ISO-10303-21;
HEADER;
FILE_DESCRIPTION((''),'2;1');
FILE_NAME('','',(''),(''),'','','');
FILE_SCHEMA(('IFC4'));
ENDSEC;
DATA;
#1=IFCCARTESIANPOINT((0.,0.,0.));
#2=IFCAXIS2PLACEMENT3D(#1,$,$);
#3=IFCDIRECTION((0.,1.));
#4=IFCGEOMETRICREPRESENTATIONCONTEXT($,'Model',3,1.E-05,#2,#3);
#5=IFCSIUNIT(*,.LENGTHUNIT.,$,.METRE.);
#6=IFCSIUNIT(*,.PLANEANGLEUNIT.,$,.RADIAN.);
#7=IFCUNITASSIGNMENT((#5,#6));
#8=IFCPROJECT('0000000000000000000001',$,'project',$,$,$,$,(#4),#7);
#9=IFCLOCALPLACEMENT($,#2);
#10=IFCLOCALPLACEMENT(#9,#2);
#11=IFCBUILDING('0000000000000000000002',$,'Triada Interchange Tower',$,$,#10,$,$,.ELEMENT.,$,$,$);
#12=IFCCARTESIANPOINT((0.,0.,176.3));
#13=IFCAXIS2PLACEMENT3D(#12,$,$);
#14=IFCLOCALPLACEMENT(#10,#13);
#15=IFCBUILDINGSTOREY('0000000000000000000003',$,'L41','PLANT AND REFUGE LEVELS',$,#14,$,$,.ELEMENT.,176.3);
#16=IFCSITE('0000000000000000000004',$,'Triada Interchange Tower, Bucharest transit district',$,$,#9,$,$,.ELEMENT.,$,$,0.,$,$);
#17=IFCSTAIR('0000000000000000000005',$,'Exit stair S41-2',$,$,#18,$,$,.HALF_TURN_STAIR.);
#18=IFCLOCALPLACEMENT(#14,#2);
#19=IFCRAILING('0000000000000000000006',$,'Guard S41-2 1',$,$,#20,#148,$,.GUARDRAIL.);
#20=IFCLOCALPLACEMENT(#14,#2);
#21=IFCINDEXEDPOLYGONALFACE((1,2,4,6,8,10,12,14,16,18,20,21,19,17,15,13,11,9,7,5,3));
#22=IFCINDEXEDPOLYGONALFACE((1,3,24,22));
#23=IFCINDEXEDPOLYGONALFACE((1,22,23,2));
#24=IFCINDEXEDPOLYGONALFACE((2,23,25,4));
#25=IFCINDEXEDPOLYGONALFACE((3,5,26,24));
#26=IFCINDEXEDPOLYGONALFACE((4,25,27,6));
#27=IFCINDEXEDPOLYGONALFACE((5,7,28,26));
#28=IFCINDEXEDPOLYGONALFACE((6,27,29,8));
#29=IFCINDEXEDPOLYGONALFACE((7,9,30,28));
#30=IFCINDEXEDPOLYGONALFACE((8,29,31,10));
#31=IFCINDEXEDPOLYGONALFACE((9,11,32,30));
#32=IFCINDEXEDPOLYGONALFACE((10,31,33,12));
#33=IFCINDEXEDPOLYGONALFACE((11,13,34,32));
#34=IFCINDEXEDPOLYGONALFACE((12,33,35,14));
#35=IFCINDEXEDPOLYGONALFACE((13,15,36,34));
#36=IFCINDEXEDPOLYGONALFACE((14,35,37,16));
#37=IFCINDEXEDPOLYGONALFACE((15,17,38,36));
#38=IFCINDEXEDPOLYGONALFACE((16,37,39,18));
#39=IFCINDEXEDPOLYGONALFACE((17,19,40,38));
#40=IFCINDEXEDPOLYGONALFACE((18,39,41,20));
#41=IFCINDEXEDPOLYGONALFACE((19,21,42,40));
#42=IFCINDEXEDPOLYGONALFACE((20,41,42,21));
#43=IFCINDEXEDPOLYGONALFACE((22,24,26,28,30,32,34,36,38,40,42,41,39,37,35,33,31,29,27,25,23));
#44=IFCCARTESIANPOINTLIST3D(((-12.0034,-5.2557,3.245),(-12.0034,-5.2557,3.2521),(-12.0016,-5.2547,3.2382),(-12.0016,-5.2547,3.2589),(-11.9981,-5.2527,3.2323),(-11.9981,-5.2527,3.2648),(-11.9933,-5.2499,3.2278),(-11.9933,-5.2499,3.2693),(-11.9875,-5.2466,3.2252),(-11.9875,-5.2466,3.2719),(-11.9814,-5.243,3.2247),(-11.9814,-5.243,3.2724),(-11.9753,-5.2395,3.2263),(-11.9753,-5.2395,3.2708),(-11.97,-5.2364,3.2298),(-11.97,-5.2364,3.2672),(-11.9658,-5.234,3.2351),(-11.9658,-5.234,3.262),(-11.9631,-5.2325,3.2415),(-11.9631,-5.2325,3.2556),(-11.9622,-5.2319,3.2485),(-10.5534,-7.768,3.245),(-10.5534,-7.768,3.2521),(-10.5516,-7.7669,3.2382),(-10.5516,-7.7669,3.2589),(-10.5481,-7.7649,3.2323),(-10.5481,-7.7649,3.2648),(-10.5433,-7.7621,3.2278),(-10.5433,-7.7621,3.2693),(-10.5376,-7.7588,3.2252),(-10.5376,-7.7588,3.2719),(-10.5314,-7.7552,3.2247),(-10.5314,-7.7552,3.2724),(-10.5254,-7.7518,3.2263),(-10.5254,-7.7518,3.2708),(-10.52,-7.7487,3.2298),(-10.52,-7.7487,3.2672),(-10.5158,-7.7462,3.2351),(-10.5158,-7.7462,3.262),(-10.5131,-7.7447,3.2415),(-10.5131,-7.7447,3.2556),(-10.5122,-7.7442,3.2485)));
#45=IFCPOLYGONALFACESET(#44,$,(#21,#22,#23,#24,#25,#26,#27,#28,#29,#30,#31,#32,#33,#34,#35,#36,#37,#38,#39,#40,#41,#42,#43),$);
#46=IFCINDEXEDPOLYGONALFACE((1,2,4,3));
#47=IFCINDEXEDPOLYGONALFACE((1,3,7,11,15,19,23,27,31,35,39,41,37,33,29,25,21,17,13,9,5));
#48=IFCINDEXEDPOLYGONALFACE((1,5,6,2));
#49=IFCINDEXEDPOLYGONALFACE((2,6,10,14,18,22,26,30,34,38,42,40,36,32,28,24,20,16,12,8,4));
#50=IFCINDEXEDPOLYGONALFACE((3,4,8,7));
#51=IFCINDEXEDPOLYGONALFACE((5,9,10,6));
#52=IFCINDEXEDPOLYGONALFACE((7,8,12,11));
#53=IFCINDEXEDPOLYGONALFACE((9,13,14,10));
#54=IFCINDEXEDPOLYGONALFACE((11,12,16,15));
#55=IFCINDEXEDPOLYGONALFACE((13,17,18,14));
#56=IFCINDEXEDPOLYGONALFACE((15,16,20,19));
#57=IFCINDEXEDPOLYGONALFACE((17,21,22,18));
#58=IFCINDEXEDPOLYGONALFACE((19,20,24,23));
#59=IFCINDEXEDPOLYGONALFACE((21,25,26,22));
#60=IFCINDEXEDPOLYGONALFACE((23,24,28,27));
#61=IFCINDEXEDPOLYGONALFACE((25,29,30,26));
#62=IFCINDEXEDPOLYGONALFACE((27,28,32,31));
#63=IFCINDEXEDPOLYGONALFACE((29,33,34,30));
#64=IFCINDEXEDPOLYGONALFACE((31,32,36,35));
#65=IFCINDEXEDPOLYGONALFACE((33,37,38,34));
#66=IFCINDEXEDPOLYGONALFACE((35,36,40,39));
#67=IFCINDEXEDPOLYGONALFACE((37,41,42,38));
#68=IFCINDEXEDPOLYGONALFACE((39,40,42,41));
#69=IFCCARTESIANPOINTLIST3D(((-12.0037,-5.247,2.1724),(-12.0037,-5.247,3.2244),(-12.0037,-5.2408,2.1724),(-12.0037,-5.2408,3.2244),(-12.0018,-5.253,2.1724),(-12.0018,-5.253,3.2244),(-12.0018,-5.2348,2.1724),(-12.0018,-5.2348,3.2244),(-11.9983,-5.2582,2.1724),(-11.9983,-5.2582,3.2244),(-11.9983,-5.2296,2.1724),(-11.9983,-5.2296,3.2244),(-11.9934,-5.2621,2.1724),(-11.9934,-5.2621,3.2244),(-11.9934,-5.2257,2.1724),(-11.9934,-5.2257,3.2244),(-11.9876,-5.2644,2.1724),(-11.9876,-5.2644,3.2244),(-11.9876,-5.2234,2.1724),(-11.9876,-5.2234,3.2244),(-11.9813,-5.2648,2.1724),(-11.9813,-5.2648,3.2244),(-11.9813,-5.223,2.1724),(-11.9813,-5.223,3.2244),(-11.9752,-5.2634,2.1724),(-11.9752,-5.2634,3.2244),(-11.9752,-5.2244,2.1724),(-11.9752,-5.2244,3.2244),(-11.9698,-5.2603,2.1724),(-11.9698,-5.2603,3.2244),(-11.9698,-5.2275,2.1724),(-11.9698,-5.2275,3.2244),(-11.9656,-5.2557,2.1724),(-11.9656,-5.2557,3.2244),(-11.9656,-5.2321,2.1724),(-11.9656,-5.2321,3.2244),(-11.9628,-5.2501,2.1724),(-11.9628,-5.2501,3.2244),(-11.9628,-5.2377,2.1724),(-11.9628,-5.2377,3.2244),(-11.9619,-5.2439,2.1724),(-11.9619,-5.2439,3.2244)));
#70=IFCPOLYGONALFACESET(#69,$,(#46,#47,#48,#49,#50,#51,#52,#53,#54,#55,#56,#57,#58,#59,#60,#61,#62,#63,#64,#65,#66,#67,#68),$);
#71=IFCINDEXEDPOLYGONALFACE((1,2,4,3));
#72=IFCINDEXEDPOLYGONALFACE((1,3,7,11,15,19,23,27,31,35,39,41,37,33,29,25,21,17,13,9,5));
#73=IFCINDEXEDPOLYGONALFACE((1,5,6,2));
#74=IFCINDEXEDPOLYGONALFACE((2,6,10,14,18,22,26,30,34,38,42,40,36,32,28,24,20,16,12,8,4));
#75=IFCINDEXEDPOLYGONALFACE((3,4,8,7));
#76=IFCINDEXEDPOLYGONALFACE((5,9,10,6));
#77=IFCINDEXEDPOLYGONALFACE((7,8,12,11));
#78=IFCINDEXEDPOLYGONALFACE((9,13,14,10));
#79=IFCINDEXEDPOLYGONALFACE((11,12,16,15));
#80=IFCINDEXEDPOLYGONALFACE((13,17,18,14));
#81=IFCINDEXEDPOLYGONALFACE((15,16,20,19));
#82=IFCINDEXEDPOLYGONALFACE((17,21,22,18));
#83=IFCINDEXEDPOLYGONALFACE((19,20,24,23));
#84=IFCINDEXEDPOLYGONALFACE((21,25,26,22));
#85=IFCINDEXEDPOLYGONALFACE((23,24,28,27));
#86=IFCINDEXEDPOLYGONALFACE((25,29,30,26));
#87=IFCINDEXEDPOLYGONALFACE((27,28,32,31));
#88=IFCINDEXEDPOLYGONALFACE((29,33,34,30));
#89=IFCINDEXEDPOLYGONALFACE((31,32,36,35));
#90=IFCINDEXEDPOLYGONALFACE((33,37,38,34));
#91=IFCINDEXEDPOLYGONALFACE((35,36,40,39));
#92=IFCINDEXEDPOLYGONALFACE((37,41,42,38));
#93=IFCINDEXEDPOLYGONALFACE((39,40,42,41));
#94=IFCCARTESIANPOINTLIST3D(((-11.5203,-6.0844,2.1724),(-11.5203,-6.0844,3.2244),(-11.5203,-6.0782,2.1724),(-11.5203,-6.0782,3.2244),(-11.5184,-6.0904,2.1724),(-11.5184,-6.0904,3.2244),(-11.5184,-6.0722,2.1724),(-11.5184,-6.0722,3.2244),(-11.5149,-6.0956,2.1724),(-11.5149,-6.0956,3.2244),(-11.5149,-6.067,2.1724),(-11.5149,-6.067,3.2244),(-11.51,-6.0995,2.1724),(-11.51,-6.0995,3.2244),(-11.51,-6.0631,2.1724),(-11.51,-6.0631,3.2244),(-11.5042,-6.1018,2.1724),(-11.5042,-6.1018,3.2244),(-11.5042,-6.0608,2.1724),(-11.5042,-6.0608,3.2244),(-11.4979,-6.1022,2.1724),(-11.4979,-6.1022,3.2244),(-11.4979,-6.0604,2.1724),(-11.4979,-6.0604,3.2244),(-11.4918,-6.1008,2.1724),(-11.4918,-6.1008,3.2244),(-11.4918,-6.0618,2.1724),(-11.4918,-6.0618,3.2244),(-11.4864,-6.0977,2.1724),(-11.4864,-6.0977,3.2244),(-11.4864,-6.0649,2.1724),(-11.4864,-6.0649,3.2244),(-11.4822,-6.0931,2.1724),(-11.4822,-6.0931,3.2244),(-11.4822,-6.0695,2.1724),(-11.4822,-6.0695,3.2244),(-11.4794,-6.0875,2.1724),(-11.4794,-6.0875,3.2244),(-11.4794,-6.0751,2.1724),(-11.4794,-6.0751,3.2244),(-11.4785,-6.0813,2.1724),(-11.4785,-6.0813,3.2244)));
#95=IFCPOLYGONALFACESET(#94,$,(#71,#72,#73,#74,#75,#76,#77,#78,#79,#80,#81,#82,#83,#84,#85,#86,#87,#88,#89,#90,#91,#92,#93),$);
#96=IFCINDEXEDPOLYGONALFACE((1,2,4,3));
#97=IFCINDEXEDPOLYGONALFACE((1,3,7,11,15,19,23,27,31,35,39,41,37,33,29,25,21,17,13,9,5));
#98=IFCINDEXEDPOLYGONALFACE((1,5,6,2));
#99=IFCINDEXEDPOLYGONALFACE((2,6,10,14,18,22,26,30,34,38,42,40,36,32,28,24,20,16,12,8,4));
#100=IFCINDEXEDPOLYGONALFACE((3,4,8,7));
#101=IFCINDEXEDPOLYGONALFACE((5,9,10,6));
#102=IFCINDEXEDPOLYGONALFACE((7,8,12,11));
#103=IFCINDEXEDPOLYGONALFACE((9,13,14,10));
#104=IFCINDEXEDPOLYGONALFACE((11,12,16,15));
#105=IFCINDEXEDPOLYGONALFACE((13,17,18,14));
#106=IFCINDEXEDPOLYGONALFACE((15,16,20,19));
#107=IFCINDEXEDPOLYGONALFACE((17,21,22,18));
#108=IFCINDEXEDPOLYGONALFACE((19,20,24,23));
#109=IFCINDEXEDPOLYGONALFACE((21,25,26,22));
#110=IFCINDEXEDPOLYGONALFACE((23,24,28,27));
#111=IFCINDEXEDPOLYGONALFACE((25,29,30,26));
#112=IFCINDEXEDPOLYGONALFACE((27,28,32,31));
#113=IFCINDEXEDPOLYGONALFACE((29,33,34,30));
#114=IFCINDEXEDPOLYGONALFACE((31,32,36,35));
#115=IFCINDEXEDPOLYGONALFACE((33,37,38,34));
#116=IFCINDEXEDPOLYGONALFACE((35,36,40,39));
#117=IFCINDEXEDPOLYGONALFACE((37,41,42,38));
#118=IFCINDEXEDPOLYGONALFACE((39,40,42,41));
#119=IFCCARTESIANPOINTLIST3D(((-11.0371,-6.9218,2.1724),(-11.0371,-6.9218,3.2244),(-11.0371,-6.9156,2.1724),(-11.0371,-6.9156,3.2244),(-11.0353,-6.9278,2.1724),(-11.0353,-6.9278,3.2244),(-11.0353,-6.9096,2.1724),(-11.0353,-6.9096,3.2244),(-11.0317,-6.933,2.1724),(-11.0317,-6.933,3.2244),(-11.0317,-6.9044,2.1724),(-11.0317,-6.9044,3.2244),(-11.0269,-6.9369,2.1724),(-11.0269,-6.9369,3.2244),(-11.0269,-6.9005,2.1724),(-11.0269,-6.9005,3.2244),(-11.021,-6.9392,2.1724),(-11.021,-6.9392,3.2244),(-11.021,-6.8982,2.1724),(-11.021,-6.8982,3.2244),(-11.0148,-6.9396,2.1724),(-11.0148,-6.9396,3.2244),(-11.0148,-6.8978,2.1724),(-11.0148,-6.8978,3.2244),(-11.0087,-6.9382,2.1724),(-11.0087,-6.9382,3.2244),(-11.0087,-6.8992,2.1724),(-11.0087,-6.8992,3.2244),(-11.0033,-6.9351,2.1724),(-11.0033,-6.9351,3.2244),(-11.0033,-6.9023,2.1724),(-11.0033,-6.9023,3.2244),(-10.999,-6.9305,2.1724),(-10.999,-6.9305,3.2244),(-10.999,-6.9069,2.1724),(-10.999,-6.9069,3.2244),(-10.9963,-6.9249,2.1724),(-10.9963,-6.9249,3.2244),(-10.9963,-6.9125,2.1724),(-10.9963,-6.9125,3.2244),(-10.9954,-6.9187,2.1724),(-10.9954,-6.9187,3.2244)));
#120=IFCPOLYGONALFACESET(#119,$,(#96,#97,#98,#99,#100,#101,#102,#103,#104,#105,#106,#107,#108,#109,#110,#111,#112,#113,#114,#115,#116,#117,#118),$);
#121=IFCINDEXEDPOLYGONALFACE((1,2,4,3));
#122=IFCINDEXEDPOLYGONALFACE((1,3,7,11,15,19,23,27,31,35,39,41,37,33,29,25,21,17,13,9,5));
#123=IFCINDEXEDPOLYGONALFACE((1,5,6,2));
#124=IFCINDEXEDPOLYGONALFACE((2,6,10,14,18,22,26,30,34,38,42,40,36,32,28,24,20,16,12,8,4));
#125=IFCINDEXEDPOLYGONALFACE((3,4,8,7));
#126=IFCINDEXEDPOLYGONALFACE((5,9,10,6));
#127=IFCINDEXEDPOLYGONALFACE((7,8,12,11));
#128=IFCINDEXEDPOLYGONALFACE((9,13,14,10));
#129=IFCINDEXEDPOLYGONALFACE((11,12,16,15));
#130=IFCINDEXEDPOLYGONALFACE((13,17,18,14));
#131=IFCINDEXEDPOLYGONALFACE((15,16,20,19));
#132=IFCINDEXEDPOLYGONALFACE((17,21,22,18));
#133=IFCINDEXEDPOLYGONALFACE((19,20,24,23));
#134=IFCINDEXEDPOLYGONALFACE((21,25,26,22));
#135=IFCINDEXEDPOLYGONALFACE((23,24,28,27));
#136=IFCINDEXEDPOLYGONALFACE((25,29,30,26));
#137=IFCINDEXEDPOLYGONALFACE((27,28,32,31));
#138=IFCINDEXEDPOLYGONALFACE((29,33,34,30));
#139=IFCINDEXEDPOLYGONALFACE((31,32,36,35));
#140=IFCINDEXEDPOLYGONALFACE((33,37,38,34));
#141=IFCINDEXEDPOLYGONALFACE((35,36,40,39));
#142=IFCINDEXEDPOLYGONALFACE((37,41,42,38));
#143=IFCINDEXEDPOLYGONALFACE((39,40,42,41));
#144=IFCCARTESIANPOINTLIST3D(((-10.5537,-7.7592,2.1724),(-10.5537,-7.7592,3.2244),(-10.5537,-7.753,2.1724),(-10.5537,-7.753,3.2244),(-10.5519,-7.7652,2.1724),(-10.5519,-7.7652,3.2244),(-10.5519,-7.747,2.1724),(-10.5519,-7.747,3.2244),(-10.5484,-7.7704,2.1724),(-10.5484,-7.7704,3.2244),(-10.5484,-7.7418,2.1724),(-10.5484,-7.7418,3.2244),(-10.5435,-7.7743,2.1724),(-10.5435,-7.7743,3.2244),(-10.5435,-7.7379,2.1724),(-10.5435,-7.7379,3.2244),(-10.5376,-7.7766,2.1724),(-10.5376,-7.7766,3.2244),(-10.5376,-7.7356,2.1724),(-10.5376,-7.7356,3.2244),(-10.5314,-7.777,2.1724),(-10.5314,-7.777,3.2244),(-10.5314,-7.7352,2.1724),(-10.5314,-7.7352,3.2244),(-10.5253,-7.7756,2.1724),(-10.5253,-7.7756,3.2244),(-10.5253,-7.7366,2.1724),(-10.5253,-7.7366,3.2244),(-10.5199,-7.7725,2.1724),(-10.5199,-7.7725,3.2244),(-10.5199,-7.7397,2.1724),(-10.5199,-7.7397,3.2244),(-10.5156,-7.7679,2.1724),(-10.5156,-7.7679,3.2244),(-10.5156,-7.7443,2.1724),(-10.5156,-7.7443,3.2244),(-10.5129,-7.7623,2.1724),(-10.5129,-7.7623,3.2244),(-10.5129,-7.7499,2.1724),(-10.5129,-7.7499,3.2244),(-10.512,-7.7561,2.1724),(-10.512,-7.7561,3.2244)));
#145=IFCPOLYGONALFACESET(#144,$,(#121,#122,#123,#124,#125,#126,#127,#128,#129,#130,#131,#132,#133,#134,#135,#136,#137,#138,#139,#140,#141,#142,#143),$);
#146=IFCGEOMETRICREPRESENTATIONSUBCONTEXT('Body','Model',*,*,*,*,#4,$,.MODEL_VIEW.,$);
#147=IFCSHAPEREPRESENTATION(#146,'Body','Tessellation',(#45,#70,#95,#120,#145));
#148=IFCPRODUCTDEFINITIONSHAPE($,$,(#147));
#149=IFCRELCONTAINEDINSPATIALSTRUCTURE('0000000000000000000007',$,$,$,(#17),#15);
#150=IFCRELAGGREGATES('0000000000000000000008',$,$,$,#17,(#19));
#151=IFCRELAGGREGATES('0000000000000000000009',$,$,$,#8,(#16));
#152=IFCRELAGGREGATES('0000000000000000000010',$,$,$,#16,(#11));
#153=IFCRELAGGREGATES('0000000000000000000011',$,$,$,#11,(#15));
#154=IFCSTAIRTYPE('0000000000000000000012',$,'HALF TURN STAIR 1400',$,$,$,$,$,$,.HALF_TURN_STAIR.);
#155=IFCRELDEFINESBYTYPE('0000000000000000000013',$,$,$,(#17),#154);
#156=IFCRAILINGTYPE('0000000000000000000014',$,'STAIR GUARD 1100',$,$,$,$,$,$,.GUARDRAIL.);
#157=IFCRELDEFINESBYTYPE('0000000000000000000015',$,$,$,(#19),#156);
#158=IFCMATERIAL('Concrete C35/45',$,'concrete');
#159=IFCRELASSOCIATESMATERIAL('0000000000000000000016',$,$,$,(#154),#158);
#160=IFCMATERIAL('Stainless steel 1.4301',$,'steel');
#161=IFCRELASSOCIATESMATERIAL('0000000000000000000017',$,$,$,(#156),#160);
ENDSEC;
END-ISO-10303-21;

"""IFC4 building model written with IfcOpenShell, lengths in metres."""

from ifc_helpers import new_model, si_unit, direction, frame, origin, origin_2d, place, context, subcontext, project, spatial, circle, extrude, material, type_object, element, aggregate, save


model = new_model("IFC4")

# Units and contexts
model_context = context("Model", 3, precision=1e-05, world=origin(), true_north=direction((0.0, 1.0)))
body_context = subcontext(model_context, "Body", "Model", "MODEL_VIEW")
ifc_project = project(units=[si_unit("LENGTHUNIT", "METRE"), si_unit("PLANEANGLEUNIT", "RADIAN")], contexts=[model_context])

# Site, building, storey
site_placement = place(None, origin())
site = spatial("IfcSite", under=ifc_project, at=site_placement, Name="Triada Interchange Tower, Bucharest transit district", CompositionType="ELEMENT", RefElevation=0.0)
building_placement = place(site_placement, origin())
building = spatial("IfcBuilding", under=site, at=building_placement, Name="Triada Interchange Tower", CompositionType="ELEMENT")
storey_placement = place(building_placement, frame((0.0, 0.0, 176.3)))
storey = spatial("IfcBuildingStorey", under=building, at=storey_placement, Name="L41", Description="PLANT AND REFUGE LEVELS", CompositionType="ELEMENT", Elevation=176.3)

# Shared definitions
ifc_material_1 = material(Name="Concrete C35/45", Category="concrete")

# Stair, railing
stair_type = type_object("IfcStairType", Name="HALF TURN STAIR 1400", PredefinedType="HALF_TURN_STAIR", material=ifc_material_1)
stair_placement = place(storey_placement, origin())
stair = element("IfcStair", 1, at=stair_placement, inside=storey, type_object=stair_type, Name="Exit stair S41-2", PredefinedType="HALF_TURN_STAIR")
ifc_material_2 = material(Name="Stainless steel 1.4301", Category="steel")
railing_type_1 = type_object("IfcRailingType", Name="STAIR GUARD 1100", PredefinedType="GUARDRAIL", material=ifc_material_2)
railing_1_placement = place(storey_placement, frame((-11.9829, -5.2439, 2.1724)))
railing_1 = element("IfcRailing", 2, at=railing_1_placement, type_object=railing_type_1, Name="Guard S41-2 1", PredefinedType="GUARDRAIL", context=body_context, shape_type="SweptSolid", body=[
    extrude(circle(Radius=0.0239, at=origin_2d()), frame((0.0, 0.0, 1.0762), z_axis=(0.499878, -0.866096, 0.0), x_axis=(0.866096, 0.499878, 0.0)), (0.0, 0.0, 1.0), 2.9006),
    extrude(circle(Radius=0.021, at=origin_2d()), origin(), (0.0, 0.0, 1.0), 1.052),
    extrude(circle(Radius=0.021, at=origin_2d()), frame((0.4834, -0.8374, 0.0)), (0.0, 0.0, 1.0), 1.052),
    extrude(circle(Radius=0.021, at=origin_2d()), frame((0.9666, -1.6748, 0.0)), (0.0, 0.0, 1.0), 1.052),
    extrude(circle(Radius=0.021, at=origin_2d()), frame((1.45, -2.5122, 0.0)), (0.0, 0.0, 1.0), 1.052),
])
aggregate(stair, [railing_1])

save(model, "model.ifc")
